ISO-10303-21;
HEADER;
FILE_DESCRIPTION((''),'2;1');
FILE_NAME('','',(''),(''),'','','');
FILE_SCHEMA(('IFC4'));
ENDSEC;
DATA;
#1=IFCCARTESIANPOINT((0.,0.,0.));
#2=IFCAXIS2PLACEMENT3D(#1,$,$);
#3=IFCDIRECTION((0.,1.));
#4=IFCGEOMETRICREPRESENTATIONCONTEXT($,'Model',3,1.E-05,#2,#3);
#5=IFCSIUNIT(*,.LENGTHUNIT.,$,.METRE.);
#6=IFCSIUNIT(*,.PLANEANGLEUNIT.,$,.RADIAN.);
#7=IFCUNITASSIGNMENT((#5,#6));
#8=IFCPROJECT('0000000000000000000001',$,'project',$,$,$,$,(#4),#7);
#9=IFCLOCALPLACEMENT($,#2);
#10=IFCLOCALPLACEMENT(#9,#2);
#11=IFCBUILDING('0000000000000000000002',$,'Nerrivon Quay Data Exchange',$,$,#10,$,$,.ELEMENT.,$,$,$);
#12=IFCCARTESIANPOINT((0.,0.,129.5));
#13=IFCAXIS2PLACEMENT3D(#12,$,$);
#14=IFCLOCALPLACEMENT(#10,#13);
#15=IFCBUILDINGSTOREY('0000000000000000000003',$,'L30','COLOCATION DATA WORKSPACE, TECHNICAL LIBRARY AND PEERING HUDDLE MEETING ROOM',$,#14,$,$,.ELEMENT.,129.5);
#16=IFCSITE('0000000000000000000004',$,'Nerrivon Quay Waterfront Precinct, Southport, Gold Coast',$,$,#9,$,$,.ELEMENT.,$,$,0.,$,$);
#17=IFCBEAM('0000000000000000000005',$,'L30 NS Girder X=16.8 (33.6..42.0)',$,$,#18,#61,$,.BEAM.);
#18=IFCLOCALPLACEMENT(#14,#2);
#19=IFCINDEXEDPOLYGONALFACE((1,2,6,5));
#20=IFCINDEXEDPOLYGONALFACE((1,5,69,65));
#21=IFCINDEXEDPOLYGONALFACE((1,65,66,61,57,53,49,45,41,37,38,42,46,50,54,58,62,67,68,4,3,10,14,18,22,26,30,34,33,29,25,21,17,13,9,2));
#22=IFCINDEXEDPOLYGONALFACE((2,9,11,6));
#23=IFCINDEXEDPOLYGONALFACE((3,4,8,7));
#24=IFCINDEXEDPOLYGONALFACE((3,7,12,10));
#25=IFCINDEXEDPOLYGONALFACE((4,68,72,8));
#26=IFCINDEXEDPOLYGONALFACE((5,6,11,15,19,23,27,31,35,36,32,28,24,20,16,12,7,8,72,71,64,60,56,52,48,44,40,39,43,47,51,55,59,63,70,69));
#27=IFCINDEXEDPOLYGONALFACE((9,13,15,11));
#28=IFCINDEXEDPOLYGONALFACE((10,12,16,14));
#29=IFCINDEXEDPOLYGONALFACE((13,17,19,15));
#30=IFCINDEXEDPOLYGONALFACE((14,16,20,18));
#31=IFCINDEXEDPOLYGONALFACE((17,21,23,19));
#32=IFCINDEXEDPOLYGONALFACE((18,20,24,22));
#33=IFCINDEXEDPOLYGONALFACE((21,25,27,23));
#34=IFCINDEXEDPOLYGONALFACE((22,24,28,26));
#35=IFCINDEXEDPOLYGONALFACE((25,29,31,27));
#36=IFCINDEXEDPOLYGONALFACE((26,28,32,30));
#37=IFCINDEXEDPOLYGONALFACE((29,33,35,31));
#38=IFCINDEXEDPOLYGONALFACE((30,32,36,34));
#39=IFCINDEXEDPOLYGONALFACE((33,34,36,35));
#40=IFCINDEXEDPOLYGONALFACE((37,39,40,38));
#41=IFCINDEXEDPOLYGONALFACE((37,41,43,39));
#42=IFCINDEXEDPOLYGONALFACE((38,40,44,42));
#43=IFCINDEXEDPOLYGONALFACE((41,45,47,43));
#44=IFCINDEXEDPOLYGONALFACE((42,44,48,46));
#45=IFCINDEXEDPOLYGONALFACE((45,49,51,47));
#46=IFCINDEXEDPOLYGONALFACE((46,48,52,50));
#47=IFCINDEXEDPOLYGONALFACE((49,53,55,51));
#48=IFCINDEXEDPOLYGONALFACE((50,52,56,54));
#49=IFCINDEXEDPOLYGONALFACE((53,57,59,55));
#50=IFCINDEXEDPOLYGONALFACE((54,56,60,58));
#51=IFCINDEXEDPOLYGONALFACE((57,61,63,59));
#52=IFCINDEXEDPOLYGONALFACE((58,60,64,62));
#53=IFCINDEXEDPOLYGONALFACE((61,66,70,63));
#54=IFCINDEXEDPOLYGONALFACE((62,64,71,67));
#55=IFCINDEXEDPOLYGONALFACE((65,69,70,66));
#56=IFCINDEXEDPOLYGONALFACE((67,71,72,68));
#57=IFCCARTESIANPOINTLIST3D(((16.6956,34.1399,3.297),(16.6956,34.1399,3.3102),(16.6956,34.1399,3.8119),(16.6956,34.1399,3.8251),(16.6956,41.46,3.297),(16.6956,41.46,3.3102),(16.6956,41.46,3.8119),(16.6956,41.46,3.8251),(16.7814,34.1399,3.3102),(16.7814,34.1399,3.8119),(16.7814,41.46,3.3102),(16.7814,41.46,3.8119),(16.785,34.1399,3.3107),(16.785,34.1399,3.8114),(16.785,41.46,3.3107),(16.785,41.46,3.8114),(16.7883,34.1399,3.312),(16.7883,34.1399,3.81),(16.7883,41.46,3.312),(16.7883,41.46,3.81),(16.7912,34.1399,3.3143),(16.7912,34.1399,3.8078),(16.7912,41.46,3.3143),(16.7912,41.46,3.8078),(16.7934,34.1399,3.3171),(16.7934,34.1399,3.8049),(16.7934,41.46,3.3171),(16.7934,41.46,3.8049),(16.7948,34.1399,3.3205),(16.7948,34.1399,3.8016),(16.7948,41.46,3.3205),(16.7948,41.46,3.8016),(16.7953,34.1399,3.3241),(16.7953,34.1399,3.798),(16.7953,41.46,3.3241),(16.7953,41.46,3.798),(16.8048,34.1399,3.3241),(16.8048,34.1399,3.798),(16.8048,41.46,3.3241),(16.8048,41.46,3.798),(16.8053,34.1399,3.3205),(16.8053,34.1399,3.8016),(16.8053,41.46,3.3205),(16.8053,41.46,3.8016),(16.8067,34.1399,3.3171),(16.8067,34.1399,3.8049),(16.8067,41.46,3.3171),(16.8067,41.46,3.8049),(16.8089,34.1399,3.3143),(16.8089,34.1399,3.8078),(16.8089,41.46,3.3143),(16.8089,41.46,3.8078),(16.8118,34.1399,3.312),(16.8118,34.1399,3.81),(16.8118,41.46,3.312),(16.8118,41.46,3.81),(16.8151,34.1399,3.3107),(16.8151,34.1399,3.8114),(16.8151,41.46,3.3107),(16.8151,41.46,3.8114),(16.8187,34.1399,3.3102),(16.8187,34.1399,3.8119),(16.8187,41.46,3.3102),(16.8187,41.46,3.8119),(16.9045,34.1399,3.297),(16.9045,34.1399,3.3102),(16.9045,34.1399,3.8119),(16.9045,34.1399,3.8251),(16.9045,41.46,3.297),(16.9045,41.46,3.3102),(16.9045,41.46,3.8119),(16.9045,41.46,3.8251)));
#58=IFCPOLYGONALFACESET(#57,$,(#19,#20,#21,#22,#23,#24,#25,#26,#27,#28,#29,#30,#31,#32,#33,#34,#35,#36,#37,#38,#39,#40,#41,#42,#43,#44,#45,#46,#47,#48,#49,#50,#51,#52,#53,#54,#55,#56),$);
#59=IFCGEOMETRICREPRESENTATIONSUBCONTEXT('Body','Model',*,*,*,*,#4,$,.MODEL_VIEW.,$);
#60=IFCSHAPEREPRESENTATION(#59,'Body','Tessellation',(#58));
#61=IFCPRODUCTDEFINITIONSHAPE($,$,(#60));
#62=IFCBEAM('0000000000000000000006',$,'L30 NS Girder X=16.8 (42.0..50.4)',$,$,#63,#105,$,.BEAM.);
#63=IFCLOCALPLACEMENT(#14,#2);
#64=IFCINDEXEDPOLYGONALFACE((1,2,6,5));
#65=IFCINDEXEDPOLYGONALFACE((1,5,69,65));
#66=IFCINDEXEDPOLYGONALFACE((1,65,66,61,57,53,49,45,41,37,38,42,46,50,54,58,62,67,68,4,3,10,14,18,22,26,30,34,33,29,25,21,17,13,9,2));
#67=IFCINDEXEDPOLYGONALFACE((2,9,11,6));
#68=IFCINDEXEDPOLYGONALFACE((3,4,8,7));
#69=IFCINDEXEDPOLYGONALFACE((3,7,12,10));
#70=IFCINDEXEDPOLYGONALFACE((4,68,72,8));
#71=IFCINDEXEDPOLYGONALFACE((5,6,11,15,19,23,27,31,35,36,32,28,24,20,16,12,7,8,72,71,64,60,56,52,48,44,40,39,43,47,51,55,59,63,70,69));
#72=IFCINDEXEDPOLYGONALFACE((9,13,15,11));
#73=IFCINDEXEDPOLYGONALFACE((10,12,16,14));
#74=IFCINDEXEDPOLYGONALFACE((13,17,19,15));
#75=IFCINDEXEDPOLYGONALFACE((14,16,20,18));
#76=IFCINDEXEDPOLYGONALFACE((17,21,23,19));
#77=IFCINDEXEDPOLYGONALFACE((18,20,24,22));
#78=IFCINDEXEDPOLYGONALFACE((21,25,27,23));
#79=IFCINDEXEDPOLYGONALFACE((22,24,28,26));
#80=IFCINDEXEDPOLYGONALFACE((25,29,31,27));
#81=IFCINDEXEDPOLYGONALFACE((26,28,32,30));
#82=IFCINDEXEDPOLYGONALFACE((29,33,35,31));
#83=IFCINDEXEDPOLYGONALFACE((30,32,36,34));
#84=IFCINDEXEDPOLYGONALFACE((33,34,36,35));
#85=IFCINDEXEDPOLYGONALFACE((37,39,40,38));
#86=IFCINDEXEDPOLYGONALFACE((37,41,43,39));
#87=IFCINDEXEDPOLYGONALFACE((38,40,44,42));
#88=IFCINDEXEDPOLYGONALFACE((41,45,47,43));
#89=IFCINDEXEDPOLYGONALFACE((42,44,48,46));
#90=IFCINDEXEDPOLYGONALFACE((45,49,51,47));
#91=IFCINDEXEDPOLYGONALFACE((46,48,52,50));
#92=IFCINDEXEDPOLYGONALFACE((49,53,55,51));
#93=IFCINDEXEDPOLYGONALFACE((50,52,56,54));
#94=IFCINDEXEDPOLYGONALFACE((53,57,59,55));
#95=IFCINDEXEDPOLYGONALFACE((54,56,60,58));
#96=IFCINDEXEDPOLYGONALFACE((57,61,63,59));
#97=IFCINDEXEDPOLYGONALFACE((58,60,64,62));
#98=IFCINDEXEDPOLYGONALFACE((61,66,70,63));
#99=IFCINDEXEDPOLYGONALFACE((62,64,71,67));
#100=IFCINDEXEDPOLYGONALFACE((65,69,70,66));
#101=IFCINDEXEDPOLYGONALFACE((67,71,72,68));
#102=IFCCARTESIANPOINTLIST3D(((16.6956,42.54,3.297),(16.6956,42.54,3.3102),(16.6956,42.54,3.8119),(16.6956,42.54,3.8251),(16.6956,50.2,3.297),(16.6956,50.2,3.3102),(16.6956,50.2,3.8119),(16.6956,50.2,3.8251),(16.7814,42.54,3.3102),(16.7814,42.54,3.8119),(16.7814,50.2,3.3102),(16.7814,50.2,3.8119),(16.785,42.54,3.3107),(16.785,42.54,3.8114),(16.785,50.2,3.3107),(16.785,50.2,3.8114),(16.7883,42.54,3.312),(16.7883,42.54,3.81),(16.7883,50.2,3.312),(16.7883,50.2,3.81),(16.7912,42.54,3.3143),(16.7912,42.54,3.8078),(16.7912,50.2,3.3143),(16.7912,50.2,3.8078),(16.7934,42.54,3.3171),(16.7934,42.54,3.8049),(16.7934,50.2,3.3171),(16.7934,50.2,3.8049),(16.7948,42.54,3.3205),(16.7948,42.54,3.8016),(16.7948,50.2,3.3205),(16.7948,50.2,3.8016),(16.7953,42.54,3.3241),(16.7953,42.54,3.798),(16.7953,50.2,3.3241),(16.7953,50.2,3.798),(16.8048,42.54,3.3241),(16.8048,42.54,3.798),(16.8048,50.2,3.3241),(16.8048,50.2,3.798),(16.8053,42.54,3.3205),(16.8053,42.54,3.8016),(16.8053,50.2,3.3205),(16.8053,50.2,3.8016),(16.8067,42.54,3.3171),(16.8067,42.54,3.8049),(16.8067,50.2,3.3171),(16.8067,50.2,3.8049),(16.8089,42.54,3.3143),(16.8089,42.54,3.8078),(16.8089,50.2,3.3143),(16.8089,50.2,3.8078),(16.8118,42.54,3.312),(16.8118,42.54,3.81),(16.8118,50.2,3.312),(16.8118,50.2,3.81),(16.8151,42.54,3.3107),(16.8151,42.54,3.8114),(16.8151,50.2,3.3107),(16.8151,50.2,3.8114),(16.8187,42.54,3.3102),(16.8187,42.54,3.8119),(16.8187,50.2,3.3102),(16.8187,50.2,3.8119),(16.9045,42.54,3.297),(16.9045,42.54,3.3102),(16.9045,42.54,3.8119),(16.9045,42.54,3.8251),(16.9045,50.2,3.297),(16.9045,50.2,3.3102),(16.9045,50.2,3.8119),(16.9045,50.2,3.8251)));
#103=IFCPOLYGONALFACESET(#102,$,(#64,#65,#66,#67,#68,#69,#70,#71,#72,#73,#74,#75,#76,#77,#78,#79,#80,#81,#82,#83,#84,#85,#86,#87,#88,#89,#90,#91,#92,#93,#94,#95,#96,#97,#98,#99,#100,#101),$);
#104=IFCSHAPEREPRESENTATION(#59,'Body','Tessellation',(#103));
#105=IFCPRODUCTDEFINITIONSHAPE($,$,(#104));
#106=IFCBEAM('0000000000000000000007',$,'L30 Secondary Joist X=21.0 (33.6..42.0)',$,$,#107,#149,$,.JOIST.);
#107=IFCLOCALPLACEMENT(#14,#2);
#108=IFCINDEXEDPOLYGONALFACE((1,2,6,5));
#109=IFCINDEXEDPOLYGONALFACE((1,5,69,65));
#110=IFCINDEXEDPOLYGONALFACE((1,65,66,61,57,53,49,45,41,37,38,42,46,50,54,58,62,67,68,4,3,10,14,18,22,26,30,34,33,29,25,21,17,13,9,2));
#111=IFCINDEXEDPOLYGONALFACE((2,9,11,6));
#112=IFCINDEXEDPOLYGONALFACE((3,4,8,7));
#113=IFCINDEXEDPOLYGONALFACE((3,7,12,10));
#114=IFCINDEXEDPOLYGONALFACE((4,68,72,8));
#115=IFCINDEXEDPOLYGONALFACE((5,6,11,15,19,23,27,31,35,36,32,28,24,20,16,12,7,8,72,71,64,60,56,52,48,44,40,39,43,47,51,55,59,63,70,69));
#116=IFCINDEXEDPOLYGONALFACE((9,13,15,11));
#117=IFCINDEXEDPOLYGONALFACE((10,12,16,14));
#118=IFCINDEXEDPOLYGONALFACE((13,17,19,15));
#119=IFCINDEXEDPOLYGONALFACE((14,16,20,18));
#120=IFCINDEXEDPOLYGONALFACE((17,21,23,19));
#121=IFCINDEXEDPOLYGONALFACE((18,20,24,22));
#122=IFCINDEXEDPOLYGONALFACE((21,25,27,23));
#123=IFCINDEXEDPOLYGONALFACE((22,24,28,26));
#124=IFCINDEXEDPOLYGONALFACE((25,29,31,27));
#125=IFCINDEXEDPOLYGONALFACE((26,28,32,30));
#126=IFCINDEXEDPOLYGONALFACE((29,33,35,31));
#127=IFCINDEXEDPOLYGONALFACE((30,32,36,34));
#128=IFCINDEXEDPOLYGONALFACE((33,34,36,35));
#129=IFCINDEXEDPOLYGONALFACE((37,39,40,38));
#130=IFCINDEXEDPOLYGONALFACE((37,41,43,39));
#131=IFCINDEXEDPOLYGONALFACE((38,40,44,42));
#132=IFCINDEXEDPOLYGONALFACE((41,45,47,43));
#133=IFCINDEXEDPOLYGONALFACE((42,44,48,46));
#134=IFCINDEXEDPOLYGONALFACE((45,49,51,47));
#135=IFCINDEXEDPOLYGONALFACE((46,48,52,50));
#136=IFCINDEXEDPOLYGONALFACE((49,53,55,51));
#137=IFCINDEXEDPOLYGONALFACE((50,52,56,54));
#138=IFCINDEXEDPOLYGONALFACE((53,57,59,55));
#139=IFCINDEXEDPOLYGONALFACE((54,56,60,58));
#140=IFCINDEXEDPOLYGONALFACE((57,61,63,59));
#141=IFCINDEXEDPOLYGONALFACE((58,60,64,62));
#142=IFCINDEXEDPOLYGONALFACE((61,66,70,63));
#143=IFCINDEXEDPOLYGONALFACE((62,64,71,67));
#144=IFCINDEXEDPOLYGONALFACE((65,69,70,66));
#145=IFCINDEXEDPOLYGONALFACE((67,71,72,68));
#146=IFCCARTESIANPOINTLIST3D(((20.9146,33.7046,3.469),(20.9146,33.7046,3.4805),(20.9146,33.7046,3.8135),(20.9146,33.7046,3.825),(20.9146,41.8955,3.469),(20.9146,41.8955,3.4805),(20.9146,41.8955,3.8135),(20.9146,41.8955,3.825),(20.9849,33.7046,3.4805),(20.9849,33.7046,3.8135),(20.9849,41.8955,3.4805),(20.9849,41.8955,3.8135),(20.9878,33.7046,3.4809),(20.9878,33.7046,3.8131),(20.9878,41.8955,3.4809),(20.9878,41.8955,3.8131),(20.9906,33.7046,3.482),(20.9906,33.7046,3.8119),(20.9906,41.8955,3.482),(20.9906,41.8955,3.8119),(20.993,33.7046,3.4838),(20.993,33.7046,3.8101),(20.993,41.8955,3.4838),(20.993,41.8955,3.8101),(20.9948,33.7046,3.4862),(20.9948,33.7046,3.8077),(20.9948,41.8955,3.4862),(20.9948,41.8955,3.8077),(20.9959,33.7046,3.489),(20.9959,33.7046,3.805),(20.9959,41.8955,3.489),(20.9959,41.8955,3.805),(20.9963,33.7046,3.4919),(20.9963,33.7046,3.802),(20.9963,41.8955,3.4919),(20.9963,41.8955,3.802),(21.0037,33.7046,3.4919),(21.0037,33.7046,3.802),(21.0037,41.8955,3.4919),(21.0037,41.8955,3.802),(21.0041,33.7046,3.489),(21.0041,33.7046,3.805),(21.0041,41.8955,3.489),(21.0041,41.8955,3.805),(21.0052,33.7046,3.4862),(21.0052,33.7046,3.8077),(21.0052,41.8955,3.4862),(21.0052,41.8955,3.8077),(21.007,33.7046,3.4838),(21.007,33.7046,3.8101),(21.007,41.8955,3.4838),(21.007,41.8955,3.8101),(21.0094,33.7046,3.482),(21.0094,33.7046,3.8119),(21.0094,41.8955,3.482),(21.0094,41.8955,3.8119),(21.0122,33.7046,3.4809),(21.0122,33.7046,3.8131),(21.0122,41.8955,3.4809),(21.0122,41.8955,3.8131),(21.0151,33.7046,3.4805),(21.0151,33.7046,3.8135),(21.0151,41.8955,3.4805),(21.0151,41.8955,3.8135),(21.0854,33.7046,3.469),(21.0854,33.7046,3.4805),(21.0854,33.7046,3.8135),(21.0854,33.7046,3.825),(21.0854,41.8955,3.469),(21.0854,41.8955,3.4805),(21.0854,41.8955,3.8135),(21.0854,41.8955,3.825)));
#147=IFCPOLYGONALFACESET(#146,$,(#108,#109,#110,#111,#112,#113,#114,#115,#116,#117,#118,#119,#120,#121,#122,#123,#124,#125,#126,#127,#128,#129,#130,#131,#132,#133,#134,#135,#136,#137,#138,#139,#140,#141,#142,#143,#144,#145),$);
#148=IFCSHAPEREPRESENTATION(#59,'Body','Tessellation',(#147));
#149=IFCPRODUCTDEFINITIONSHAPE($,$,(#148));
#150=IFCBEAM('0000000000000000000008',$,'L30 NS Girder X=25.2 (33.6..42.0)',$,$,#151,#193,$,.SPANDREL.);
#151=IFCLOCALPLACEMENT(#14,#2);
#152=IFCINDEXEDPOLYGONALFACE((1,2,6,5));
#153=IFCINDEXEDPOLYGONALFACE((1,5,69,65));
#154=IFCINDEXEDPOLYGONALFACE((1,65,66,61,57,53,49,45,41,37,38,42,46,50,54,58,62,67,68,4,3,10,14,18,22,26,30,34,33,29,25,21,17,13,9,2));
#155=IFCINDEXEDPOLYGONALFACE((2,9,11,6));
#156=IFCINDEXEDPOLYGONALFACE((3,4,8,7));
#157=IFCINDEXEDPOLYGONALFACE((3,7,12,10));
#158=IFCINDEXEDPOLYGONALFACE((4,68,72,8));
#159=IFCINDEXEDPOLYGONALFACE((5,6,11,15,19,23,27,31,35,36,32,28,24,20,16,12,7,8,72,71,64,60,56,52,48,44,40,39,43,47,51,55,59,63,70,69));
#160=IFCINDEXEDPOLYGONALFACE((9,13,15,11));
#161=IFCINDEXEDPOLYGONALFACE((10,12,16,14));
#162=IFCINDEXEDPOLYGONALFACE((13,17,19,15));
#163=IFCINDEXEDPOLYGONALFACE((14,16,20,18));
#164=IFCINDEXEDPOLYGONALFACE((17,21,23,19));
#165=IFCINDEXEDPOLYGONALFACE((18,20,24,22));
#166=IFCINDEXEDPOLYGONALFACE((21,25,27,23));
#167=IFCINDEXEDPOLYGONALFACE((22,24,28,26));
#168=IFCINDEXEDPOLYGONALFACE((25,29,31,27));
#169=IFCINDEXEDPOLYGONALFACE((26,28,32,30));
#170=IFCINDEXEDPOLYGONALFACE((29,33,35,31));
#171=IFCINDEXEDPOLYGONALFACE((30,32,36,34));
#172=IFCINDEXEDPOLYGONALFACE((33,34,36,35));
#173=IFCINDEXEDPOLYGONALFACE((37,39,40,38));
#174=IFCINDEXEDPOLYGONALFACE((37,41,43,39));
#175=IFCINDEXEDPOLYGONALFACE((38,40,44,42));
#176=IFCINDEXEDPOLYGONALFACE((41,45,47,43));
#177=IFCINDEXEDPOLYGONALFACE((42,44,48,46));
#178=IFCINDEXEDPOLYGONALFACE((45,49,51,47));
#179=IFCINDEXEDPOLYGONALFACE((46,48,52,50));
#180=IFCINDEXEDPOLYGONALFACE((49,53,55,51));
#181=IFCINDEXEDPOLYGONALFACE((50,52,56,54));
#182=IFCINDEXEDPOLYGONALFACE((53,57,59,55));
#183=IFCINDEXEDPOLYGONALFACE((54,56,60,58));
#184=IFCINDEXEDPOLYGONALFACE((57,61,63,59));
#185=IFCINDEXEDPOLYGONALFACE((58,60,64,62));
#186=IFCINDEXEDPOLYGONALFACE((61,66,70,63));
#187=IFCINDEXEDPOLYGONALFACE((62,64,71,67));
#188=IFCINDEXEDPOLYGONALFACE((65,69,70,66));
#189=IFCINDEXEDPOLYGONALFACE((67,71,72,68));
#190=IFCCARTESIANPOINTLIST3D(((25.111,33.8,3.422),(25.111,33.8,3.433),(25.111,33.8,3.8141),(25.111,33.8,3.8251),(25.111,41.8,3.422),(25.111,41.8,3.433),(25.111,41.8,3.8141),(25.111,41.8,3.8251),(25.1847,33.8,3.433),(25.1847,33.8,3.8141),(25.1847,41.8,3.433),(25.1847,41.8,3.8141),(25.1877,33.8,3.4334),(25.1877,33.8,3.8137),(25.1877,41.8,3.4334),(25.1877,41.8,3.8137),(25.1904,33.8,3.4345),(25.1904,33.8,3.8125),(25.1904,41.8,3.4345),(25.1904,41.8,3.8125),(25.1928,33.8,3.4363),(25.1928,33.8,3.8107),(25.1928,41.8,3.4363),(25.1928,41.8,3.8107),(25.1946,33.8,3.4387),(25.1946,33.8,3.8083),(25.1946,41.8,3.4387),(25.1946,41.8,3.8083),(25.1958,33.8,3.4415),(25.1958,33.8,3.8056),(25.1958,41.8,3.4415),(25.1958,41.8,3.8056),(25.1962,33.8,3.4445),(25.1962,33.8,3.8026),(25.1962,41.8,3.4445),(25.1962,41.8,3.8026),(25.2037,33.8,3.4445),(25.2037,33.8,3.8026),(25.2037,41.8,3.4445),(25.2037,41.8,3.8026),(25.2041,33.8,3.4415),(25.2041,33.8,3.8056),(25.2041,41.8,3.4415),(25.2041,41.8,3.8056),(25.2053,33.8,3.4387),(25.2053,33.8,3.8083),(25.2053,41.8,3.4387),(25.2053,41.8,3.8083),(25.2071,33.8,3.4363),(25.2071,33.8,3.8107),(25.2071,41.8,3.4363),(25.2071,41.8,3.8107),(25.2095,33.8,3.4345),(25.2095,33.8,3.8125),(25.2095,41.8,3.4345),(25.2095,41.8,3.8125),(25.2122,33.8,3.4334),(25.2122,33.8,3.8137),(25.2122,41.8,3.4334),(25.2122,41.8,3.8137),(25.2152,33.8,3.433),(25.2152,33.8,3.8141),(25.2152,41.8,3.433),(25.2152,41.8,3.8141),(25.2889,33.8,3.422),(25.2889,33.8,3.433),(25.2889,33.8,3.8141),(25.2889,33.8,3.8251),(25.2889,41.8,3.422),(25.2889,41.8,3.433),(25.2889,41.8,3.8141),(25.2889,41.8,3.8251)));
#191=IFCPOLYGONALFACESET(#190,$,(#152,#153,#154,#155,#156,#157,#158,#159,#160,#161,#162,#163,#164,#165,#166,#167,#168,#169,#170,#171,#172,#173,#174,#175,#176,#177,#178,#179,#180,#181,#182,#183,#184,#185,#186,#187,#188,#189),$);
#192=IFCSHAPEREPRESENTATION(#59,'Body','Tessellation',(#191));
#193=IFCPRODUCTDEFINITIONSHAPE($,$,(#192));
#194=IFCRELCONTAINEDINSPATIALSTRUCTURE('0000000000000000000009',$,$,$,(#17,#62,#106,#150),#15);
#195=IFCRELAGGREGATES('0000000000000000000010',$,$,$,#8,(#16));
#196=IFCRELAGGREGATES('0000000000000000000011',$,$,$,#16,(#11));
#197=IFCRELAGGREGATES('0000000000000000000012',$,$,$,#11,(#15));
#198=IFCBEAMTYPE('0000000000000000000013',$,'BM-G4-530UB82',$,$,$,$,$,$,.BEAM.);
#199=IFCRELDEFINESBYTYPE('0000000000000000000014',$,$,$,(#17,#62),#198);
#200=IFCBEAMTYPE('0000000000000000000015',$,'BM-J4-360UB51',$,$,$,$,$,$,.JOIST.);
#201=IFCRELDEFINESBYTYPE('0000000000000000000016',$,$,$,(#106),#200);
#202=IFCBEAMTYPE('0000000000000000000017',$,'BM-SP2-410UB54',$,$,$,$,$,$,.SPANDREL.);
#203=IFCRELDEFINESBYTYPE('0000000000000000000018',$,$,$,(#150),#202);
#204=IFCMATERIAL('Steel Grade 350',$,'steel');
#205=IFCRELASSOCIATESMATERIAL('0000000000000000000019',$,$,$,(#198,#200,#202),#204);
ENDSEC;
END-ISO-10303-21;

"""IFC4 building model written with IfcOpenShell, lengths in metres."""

from ifc_helpers import new_model, si_unit, direction, frame, origin, origin_2d, place, context, subcontext, project, spatial, i_section, extrude, material, material_profile, profile_set, type_object, element, save


model = new_model("IFC4")

# Units and contexts
model_context = context("Model", 3, precision=1e-05, world=origin(), true_north=direction((0.0, 1.0)))
body_context = subcontext(model_context, "Body", "Model", "MODEL_VIEW")
ifc_project = project(units=[si_unit("LENGTHUNIT", "METRE"), si_unit("PLANEANGLEUNIT", "RADIAN")], contexts=[model_context])

# Site, building, storey
site_placement = place(None, origin())
site = spatial("IfcSite", under=ifc_project, at=site_placement, Name="Nerrivon Quay Waterfront Precinct, Southport, Gold Coast", CompositionType="ELEMENT", RefElevation=0.0)
building_placement = place(site_placement, origin())
building = spatial("IfcBuilding", under=site, at=building_placement, Name="Nerrivon Quay Data Exchange", CompositionType="ELEMENT")
storey_placement = place(building_placement, frame((0.0, 0.0, 129.5)))
storey = spatial("IfcBuildingStorey", under=building, at=storey_placement, Name="L30", Description="COLOCATION DATA WORKSPACE, TECHNICAL LIBRARY AND PEERING HUDDLE MEETING ROOM", CompositionType="ELEMENT", Elevation=129.5)

# Shared definitions
ifc_material_1 = material(Name="Steel Grade 350", Category="steel")

# Beams
ifc_material_profile_1 = material_profile(ifc_material_1, i_section(OverallWidth=0.209, OverallDepth=0.5281, WebThickness=0.0095, FlangeThickness=0.0132, FilletRadius=0.0139, at=origin_2d()), Name="530UB82.0")
ifc_profile_set_1 = profile_set([ifc_material_profile_1], Name="Steel Grade 350")
beam_type_1 = type_object("IfcBeamType", Name="BM-G4-530UB82", PredefinedType="BEAM", material=ifc_profile_set_1)
beam_1_placement = place(storey_placement, frame((16.8, 34.1399, 3.561), z_axis=(0.0, 1.0, 0.0), x_axis=(-1.0, 0.0, 0.0)))
element("IfcBeam", 1, at=beam_1_placement, inside=storey, type_object=beam_type_1, Name="L30 NS Girder X=16.8 (33.6..42.0)", PredefinedType="BEAM", context=body_context, shape_type="SweptSolid", body=[
    extrude(i_section(OverallWidth=0.209, OverallDepth=0.5281, WebThickness=0.0095, FlangeThickness=0.0132, FilletRadius=0.0139, at=origin_2d()), origin(), (0.0, 0.0, 1.0), 7.3201),
])
beam_2_placement = place(storey_placement, frame((16.8, 42.54, 3.561), z_axis=(0.0, 1.0, 0.0), x_axis=(-1.0, 0.0, 0.0)))
element("IfcBeam", 2, at=beam_2_placement, inside=storey, type_object=beam_type_1, Name="L30 NS Girder X=16.8 (42.0..50.4)", PredefinedType="BEAM", context=body_context, shape_type="SweptSolid", body=[
    extrude(i_section(OverallWidth=0.209, OverallDepth=0.5281, WebThickness=0.0095, FlangeThickness=0.0132, FilletRadius=0.0139, at=origin_2d()), origin(), (0.0, 0.0, 1.0), 7.6599),
])
ifc_material_profile_2 = material_profile(ifc_material_1, i_section(OverallWidth=0.1709, OverallDepth=0.356, WebThickness=0.0073, FlangeThickness=0.0115, FilletRadius=0.0115, at=origin_2d()), Name="360UB50.7")
ifc_profile_set_2 = profile_set([ifc_material_profile_2], Name="Steel Grade 350")
beam_type_2 = type_object("IfcBeamType", Name="BM-J4-360UB51", PredefinedType="JOIST", material=ifc_profile_set_2)
beam_3_placement = place(storey_placement, frame((21.0, 33.7046, 3.647), z_axis=(0.0, 1.0, 0.0), x_axis=(-1.0, 0.0, 0.0)))
element("IfcBeam", 3, at=beam_3_placement, inside=storey, type_object=beam_type_2, Name="L30 Secondary Joist X=21.0 (33.6..42.0)", PredefinedType="JOIST", context=body_context, shape_type="SweptSolid", body=[
    extrude(i_section(OverallWidth=0.1709, OverallDepth=0.356, WebThickness=0.0073, FlangeThickness=0.0115, FilletRadius=0.0115, at=origin_2d()), origin(), (0.0, 0.0, 1.0), 8.1909),
])
ifc_material_profile_3 = material_profile(ifc_material_1, i_section(OverallWidth=0.178, OverallDepth=0.4031, WebThickness=0.0076, FlangeThickness=0.011, FilletRadius=0.0115, at=origin_2d()), Name="410UB53.7")
ifc_profile_set_3 = profile_set([ifc_material_profile_3], Name="Steel Grade 350")
beam_type_3 = type_object("IfcBeamType", Name="BM-SP2-410UB54", PredefinedType="SPANDREL", material=ifc_profile_set_3)
beam_4_placement = place(storey_placement, frame((25.2, 33.8, 3.6235), z_axis=(0.0, 1.0, 0.0), x_axis=(-1.0, 0.0, 0.0)))
element("IfcBeam", 4, at=beam_4_placement, inside=storey, type_object=beam_type_3, Name="L30 NS Girder X=25.2 (33.6..42.0)", PredefinedType="SPANDREL", context=body_context, shape_type="SweptSolid", body=[
    extrude(i_section(OverallWidth=0.178, OverallDepth=0.4031, WebThickness=0.0076, FlangeThickness=0.011, FilletRadius=0.0115, at=origin_2d()), origin(), (0.0, 0.0, 1.0), 8.0),
])

save(model, "model.ifc")
